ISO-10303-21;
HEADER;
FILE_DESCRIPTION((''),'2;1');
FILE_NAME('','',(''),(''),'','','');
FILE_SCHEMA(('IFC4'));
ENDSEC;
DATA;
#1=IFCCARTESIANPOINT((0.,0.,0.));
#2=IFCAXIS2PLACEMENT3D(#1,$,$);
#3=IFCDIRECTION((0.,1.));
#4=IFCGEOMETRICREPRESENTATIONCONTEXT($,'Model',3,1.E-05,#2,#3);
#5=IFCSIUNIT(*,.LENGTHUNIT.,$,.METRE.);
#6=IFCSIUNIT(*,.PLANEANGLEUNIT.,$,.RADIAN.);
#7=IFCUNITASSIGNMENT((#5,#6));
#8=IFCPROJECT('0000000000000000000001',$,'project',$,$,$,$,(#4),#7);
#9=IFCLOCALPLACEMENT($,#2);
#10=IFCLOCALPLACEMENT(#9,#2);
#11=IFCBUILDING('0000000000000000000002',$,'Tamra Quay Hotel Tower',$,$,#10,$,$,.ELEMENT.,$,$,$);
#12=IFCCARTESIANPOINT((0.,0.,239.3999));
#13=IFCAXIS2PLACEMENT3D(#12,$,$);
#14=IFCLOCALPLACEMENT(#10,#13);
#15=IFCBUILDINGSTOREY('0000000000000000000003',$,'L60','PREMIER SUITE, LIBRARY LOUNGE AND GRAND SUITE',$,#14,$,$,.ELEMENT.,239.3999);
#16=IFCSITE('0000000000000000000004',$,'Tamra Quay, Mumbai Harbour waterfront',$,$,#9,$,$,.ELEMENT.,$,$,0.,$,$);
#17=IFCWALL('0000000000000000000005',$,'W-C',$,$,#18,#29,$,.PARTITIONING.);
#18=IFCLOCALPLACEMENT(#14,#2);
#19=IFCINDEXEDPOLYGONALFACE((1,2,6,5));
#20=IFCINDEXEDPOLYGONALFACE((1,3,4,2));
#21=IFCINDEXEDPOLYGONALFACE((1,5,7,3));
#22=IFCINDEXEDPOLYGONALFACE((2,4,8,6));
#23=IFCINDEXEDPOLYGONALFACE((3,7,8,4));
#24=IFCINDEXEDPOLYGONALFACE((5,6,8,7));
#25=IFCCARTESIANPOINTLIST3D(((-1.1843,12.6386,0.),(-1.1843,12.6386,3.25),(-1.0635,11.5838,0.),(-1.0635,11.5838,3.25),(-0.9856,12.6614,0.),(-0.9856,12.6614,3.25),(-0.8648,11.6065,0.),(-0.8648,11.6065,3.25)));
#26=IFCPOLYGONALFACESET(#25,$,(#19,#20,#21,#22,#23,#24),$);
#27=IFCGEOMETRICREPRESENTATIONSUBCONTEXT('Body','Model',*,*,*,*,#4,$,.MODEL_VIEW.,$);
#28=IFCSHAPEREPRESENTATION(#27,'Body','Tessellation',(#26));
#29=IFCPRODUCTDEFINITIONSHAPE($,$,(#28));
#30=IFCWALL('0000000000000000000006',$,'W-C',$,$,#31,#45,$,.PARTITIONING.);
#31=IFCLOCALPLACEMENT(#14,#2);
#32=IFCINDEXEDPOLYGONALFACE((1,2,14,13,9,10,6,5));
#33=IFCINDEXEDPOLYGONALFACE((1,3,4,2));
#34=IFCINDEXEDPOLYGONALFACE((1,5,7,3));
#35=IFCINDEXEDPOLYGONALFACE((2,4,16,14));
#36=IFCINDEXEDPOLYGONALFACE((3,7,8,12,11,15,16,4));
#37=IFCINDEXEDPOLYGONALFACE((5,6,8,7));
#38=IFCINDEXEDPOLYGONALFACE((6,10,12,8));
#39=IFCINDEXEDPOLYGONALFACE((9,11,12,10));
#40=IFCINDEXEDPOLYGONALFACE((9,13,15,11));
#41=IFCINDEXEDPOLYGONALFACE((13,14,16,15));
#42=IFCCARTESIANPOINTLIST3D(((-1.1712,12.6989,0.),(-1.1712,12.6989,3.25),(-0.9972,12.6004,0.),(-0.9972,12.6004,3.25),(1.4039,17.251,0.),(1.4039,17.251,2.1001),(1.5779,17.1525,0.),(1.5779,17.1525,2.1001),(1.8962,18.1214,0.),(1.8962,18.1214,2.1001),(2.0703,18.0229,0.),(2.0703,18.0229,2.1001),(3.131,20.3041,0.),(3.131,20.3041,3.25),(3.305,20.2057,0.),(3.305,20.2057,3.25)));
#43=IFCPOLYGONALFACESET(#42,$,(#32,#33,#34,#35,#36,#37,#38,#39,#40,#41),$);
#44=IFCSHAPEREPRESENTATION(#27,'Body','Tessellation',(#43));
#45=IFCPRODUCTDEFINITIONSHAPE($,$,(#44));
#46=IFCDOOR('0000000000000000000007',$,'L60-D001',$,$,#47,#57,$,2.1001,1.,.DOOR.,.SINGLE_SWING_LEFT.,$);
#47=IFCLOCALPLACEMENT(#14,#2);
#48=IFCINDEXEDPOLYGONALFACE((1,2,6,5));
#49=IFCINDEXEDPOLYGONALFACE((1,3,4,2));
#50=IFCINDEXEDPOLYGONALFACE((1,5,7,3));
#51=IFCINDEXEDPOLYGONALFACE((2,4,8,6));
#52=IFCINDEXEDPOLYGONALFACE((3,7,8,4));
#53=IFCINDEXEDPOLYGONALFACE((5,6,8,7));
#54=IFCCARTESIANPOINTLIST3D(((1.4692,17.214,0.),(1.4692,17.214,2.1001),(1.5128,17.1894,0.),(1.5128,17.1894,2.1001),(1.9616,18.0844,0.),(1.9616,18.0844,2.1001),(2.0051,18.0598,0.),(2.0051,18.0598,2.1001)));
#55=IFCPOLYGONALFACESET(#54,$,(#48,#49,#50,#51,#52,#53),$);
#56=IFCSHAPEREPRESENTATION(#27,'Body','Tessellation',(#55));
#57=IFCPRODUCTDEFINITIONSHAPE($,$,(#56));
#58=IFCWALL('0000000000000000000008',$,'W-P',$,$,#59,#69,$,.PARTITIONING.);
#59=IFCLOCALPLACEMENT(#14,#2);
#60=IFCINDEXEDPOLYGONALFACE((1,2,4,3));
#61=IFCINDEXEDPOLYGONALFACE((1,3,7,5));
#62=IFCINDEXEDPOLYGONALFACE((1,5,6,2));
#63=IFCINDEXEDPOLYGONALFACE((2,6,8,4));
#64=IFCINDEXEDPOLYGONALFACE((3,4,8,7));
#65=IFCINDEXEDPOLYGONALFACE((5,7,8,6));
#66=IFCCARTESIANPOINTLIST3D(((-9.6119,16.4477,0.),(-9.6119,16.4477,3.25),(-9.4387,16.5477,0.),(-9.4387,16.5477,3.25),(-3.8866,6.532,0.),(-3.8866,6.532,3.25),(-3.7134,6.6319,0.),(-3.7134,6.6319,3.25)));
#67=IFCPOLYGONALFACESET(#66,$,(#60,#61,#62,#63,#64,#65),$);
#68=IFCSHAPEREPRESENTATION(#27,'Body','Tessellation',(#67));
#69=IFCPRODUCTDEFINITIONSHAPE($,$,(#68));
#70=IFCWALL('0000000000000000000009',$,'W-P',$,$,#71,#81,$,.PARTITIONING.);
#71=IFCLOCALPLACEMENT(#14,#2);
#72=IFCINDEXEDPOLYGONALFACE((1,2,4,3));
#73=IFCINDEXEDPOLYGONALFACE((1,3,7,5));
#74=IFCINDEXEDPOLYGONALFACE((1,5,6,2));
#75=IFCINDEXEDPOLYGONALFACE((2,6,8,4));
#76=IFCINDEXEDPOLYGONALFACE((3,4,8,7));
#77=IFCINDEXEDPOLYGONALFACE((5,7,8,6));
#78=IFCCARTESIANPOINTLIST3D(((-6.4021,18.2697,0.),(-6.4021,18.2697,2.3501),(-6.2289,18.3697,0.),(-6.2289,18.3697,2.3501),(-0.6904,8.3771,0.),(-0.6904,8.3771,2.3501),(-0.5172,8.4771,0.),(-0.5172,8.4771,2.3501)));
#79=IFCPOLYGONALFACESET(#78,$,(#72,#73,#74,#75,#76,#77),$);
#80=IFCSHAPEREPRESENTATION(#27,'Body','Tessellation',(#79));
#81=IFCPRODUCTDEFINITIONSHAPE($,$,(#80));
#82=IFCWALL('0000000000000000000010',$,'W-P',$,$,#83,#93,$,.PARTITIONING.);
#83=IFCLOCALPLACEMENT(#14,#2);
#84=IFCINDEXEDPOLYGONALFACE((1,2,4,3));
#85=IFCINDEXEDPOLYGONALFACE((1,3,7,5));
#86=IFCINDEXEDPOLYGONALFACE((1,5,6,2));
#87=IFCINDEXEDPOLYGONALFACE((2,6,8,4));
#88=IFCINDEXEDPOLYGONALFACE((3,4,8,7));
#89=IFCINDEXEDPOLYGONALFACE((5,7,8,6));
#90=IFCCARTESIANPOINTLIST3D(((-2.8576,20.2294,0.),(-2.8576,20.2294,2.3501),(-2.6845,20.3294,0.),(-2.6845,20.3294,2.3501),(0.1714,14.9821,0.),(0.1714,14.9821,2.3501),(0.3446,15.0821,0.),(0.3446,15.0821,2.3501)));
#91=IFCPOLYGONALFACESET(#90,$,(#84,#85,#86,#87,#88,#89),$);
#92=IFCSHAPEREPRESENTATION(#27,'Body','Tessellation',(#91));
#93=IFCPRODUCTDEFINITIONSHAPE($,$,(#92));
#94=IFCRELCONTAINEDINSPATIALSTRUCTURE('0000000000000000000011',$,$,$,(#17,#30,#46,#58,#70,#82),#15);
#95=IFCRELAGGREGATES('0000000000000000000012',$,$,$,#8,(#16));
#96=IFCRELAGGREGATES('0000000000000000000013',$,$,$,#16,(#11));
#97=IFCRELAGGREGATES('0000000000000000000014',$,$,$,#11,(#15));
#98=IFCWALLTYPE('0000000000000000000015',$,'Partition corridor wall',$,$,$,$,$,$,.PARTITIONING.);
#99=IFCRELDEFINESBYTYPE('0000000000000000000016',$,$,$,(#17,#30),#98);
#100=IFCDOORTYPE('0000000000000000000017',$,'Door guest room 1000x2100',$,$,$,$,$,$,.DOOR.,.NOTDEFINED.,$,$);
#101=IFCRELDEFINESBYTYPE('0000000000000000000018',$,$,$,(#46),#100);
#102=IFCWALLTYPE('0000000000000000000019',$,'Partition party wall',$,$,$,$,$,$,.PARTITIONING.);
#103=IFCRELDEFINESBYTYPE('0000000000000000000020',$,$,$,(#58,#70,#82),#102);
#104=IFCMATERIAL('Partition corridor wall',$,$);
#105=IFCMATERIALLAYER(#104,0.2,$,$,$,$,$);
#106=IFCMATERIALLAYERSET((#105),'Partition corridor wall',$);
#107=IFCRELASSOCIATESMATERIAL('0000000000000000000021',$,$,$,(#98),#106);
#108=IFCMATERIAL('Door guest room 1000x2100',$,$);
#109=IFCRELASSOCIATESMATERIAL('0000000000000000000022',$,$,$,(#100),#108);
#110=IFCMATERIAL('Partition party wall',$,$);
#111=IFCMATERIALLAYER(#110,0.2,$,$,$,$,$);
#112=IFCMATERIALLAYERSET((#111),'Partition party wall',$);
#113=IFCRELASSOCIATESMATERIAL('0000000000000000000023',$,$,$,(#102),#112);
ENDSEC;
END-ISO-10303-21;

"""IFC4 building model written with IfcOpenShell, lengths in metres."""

from ifc_helpers import new_model, si_unit, direction, frame, frame_2d, origin, place, context, subcontext, project, spatial, rectangle, extrude, material, layer, layer_set, type_object, element, fill, save


model = new_model("IFC4")

# Units and contexts
model_context = context("Model", 3, precision=1e-05, world=origin(), true_north=direction((0.0, 1.0)))
body_context = subcontext(model_context, "Body", "Model", "MODEL_VIEW")
ifc_project = project(units=[si_unit("LENGTHUNIT", "METRE"), si_unit("PLANEANGLEUNIT", "RADIAN")], contexts=[model_context])

# Site, building, storey
site_placement = place(None, origin())
site = spatial("IfcSite", under=ifc_project, at=site_placement, Name="Tamra Quay, Mumbai Harbour waterfront", CompositionType="ELEMENT", RefElevation=0.0)
building_placement = place(site_placement, origin())
building = spatial("IfcBuilding", under=site, at=building_placement, Name="Tamra Quay Hotel Tower", CompositionType="ELEMENT")
storey_placement = place(building_placement, frame((0.0, 0.0, 239.3999)))
storey = spatial("IfcBuildingStorey", under=building, at=storey_placement, Name="L60", Description="PREMIER SUITE, LIBRARY LOUNGE AND GRAND SUITE", CompositionType="ELEMENT", Elevation=239.3999)

# Wall
ifc_material_1 = material(Name="Partition corridor wall")
ifc_layer_1 = layer(ifc_material_1, 0.2)
ifc_layer_set_1 = layer_set([ifc_layer_1], Name="Partition corridor wall")
wall_type_1 = type_object("IfcWallType", Name="Partition corridor wall", PredefinedType="PARTITIONING", material=ifc_layer_set_1)
wall_1_placement = place(storey_placement, frame((-1.085, 12.6499, 0.0), z_axis=(0.0, 0.0, 1.0), x_axis=(0.113812, -0.993502, 0.0)))
element("IfcWall", 1, at=wall_1_placement, inside=storey, type_object=wall_type_1, Name="W-C", PredefinedType="PARTITIONING", context=body_context, shape_type="SweptSolid", body=[
    extrude(rectangle(XDim=1.0618, YDim=0.2, at=frame_2d((0.5308, 0.0))), origin(), (0.0, 0.0, 1.0), 3.25),
])

# Wall, opening, door
wall_2_placement = place(storey_placement, frame((-1.0842, 12.6497, 0.0), z_axis=(0.0, 0.0, 1.0), x_axis=(0.492373, 0.870384, 0.0)))
wall_2 = element("IfcWall", 2, at=wall_2_placement, inside=storey, type_object=wall_type_1, Name="W-C", PredefinedType="PARTITIONING", context=body_context, shape_type="SweptSolid", body=[
    extrude(rectangle(XDim=8.7378, YDim=0.2, at=frame_2d((4.3689, 0.0))), origin(), (0.0, 0.0, 1.0), 3.25),
])
opening_placement = place(wall_2_placement, frame((5.23, 0.0, 0.0)))
opening = element("IfcOpeningElement", 3, at=opening_placement, cuts=wall_2, PredefinedType="OPENING", context=body_context, shape_type="SweptSolid", body=[
    extrude(rectangle(XDim=1.0, YDim=2.1001, at=frame_2d((0.5, 1.05))), frame((0.0, 0.1099, 0.0), z_axis=(0.0, -1.0, 0.0), x_axis=(1.0, 0.0, 0.0)), (0.0, 0.0, 1.0), 0.22),
])
ifc_material_2 = material(Name="Door guest room 1000x2100")
door_type = type_object("IfcDoorType", Name="Door guest room 1000x2100", OperationType="NOTDEFINED", PredefinedType="DOOR", material=ifc_material_2)
door_placement = place(opening_placement, origin())
door = element("IfcDoor", 4, at=door_placement, inside=storey, type_object=door_type, Name="L60-D001", OperationType="SINGLE_SWING_LEFT", OverallHeight=2.1001, OverallWidth=1.0, PredefinedType="DOOR", context=body_context, shape_type="SweptSolid", body=[
    extrude(rectangle(XDim=1.0, YDim=2.1001, at=frame_2d((0.5, 1.05))), frame((0.0, 0.0249, 0.0), z_axis=(0.0, -1.0, 0.0), x_axis=(1.0, 0.0, 0.0)), (0.0, 0.0, 1.0), 0.05),
])
fill(opening, door)

# Walls
ifc_material_3 = material(Name="Partition party wall")
ifc_layer_2 = layer(ifc_material_3, 0.2)
ifc_layer_set_2 = layer_set([ifc_layer_2], Name="Partition party wall")
wall_type_2 = type_object("IfcWallType", Name="Partition party wall", PredefinedType="PARTITIONING", material=ifc_layer_set_2)
wall_3_placement = place(storey_placement, frame((-9.5254, 16.4978, 0.0), z_axis=(0.0, 0.0, 1.0), x_axis=(0.500031, -0.866008, 0.0)))
element("IfcWall", 5, at=wall_3_placement, inside=storey, type_object=wall_type_2, Name="W-P", PredefinedType="PARTITIONING", context=body_context, shape_type="SweptSolid", body=[
    extrude(rectangle(XDim=11.45, YDim=0.2, at=frame_2d((5.7251, 0.0))), origin(), (0.0, 0.0, 1.0), 3.25),
])
wall_4_placement = place(storey_placement, frame((-6.3154, 18.3196, 0.0), z_axis=(0.0, 0.0, 1.0), x_axis=(0.500012, -0.866018, 0.0)))
element("IfcWall", 6, at=wall_4_placement, inside=storey, type_object=wall_type_2, Name="W-P", PredefinedType="PARTITIONING", context=body_context, shape_type="SweptSolid", body=[
    extrude(rectangle(XDim=11.4231, YDim=0.2, at=frame_2d((5.7114, 0.0))), origin(), (0.0, 0.0, 1.0), 2.3501),
])
wall_5_placement = place(storey_placement, frame((-2.771, 20.2793, 0.0), z_axis=(0.0, 0.0, 1.0), x_axis=(0.49994, -0.86606, 0.0)))
element("IfcWall", 7, at=wall_5_placement, inside=storey, type_object=wall_type_2, Name="W-P", PredefinedType="PARTITIONING", context=body_context, shape_type="SweptSolid", body=[
    extrude(rectangle(XDim=6.0588, YDim=0.2, at=frame_2d((3.0293, 0.0))), origin(), (0.0, 0.0, 1.0), 2.3501),
])

save(model, "model.ifc")
